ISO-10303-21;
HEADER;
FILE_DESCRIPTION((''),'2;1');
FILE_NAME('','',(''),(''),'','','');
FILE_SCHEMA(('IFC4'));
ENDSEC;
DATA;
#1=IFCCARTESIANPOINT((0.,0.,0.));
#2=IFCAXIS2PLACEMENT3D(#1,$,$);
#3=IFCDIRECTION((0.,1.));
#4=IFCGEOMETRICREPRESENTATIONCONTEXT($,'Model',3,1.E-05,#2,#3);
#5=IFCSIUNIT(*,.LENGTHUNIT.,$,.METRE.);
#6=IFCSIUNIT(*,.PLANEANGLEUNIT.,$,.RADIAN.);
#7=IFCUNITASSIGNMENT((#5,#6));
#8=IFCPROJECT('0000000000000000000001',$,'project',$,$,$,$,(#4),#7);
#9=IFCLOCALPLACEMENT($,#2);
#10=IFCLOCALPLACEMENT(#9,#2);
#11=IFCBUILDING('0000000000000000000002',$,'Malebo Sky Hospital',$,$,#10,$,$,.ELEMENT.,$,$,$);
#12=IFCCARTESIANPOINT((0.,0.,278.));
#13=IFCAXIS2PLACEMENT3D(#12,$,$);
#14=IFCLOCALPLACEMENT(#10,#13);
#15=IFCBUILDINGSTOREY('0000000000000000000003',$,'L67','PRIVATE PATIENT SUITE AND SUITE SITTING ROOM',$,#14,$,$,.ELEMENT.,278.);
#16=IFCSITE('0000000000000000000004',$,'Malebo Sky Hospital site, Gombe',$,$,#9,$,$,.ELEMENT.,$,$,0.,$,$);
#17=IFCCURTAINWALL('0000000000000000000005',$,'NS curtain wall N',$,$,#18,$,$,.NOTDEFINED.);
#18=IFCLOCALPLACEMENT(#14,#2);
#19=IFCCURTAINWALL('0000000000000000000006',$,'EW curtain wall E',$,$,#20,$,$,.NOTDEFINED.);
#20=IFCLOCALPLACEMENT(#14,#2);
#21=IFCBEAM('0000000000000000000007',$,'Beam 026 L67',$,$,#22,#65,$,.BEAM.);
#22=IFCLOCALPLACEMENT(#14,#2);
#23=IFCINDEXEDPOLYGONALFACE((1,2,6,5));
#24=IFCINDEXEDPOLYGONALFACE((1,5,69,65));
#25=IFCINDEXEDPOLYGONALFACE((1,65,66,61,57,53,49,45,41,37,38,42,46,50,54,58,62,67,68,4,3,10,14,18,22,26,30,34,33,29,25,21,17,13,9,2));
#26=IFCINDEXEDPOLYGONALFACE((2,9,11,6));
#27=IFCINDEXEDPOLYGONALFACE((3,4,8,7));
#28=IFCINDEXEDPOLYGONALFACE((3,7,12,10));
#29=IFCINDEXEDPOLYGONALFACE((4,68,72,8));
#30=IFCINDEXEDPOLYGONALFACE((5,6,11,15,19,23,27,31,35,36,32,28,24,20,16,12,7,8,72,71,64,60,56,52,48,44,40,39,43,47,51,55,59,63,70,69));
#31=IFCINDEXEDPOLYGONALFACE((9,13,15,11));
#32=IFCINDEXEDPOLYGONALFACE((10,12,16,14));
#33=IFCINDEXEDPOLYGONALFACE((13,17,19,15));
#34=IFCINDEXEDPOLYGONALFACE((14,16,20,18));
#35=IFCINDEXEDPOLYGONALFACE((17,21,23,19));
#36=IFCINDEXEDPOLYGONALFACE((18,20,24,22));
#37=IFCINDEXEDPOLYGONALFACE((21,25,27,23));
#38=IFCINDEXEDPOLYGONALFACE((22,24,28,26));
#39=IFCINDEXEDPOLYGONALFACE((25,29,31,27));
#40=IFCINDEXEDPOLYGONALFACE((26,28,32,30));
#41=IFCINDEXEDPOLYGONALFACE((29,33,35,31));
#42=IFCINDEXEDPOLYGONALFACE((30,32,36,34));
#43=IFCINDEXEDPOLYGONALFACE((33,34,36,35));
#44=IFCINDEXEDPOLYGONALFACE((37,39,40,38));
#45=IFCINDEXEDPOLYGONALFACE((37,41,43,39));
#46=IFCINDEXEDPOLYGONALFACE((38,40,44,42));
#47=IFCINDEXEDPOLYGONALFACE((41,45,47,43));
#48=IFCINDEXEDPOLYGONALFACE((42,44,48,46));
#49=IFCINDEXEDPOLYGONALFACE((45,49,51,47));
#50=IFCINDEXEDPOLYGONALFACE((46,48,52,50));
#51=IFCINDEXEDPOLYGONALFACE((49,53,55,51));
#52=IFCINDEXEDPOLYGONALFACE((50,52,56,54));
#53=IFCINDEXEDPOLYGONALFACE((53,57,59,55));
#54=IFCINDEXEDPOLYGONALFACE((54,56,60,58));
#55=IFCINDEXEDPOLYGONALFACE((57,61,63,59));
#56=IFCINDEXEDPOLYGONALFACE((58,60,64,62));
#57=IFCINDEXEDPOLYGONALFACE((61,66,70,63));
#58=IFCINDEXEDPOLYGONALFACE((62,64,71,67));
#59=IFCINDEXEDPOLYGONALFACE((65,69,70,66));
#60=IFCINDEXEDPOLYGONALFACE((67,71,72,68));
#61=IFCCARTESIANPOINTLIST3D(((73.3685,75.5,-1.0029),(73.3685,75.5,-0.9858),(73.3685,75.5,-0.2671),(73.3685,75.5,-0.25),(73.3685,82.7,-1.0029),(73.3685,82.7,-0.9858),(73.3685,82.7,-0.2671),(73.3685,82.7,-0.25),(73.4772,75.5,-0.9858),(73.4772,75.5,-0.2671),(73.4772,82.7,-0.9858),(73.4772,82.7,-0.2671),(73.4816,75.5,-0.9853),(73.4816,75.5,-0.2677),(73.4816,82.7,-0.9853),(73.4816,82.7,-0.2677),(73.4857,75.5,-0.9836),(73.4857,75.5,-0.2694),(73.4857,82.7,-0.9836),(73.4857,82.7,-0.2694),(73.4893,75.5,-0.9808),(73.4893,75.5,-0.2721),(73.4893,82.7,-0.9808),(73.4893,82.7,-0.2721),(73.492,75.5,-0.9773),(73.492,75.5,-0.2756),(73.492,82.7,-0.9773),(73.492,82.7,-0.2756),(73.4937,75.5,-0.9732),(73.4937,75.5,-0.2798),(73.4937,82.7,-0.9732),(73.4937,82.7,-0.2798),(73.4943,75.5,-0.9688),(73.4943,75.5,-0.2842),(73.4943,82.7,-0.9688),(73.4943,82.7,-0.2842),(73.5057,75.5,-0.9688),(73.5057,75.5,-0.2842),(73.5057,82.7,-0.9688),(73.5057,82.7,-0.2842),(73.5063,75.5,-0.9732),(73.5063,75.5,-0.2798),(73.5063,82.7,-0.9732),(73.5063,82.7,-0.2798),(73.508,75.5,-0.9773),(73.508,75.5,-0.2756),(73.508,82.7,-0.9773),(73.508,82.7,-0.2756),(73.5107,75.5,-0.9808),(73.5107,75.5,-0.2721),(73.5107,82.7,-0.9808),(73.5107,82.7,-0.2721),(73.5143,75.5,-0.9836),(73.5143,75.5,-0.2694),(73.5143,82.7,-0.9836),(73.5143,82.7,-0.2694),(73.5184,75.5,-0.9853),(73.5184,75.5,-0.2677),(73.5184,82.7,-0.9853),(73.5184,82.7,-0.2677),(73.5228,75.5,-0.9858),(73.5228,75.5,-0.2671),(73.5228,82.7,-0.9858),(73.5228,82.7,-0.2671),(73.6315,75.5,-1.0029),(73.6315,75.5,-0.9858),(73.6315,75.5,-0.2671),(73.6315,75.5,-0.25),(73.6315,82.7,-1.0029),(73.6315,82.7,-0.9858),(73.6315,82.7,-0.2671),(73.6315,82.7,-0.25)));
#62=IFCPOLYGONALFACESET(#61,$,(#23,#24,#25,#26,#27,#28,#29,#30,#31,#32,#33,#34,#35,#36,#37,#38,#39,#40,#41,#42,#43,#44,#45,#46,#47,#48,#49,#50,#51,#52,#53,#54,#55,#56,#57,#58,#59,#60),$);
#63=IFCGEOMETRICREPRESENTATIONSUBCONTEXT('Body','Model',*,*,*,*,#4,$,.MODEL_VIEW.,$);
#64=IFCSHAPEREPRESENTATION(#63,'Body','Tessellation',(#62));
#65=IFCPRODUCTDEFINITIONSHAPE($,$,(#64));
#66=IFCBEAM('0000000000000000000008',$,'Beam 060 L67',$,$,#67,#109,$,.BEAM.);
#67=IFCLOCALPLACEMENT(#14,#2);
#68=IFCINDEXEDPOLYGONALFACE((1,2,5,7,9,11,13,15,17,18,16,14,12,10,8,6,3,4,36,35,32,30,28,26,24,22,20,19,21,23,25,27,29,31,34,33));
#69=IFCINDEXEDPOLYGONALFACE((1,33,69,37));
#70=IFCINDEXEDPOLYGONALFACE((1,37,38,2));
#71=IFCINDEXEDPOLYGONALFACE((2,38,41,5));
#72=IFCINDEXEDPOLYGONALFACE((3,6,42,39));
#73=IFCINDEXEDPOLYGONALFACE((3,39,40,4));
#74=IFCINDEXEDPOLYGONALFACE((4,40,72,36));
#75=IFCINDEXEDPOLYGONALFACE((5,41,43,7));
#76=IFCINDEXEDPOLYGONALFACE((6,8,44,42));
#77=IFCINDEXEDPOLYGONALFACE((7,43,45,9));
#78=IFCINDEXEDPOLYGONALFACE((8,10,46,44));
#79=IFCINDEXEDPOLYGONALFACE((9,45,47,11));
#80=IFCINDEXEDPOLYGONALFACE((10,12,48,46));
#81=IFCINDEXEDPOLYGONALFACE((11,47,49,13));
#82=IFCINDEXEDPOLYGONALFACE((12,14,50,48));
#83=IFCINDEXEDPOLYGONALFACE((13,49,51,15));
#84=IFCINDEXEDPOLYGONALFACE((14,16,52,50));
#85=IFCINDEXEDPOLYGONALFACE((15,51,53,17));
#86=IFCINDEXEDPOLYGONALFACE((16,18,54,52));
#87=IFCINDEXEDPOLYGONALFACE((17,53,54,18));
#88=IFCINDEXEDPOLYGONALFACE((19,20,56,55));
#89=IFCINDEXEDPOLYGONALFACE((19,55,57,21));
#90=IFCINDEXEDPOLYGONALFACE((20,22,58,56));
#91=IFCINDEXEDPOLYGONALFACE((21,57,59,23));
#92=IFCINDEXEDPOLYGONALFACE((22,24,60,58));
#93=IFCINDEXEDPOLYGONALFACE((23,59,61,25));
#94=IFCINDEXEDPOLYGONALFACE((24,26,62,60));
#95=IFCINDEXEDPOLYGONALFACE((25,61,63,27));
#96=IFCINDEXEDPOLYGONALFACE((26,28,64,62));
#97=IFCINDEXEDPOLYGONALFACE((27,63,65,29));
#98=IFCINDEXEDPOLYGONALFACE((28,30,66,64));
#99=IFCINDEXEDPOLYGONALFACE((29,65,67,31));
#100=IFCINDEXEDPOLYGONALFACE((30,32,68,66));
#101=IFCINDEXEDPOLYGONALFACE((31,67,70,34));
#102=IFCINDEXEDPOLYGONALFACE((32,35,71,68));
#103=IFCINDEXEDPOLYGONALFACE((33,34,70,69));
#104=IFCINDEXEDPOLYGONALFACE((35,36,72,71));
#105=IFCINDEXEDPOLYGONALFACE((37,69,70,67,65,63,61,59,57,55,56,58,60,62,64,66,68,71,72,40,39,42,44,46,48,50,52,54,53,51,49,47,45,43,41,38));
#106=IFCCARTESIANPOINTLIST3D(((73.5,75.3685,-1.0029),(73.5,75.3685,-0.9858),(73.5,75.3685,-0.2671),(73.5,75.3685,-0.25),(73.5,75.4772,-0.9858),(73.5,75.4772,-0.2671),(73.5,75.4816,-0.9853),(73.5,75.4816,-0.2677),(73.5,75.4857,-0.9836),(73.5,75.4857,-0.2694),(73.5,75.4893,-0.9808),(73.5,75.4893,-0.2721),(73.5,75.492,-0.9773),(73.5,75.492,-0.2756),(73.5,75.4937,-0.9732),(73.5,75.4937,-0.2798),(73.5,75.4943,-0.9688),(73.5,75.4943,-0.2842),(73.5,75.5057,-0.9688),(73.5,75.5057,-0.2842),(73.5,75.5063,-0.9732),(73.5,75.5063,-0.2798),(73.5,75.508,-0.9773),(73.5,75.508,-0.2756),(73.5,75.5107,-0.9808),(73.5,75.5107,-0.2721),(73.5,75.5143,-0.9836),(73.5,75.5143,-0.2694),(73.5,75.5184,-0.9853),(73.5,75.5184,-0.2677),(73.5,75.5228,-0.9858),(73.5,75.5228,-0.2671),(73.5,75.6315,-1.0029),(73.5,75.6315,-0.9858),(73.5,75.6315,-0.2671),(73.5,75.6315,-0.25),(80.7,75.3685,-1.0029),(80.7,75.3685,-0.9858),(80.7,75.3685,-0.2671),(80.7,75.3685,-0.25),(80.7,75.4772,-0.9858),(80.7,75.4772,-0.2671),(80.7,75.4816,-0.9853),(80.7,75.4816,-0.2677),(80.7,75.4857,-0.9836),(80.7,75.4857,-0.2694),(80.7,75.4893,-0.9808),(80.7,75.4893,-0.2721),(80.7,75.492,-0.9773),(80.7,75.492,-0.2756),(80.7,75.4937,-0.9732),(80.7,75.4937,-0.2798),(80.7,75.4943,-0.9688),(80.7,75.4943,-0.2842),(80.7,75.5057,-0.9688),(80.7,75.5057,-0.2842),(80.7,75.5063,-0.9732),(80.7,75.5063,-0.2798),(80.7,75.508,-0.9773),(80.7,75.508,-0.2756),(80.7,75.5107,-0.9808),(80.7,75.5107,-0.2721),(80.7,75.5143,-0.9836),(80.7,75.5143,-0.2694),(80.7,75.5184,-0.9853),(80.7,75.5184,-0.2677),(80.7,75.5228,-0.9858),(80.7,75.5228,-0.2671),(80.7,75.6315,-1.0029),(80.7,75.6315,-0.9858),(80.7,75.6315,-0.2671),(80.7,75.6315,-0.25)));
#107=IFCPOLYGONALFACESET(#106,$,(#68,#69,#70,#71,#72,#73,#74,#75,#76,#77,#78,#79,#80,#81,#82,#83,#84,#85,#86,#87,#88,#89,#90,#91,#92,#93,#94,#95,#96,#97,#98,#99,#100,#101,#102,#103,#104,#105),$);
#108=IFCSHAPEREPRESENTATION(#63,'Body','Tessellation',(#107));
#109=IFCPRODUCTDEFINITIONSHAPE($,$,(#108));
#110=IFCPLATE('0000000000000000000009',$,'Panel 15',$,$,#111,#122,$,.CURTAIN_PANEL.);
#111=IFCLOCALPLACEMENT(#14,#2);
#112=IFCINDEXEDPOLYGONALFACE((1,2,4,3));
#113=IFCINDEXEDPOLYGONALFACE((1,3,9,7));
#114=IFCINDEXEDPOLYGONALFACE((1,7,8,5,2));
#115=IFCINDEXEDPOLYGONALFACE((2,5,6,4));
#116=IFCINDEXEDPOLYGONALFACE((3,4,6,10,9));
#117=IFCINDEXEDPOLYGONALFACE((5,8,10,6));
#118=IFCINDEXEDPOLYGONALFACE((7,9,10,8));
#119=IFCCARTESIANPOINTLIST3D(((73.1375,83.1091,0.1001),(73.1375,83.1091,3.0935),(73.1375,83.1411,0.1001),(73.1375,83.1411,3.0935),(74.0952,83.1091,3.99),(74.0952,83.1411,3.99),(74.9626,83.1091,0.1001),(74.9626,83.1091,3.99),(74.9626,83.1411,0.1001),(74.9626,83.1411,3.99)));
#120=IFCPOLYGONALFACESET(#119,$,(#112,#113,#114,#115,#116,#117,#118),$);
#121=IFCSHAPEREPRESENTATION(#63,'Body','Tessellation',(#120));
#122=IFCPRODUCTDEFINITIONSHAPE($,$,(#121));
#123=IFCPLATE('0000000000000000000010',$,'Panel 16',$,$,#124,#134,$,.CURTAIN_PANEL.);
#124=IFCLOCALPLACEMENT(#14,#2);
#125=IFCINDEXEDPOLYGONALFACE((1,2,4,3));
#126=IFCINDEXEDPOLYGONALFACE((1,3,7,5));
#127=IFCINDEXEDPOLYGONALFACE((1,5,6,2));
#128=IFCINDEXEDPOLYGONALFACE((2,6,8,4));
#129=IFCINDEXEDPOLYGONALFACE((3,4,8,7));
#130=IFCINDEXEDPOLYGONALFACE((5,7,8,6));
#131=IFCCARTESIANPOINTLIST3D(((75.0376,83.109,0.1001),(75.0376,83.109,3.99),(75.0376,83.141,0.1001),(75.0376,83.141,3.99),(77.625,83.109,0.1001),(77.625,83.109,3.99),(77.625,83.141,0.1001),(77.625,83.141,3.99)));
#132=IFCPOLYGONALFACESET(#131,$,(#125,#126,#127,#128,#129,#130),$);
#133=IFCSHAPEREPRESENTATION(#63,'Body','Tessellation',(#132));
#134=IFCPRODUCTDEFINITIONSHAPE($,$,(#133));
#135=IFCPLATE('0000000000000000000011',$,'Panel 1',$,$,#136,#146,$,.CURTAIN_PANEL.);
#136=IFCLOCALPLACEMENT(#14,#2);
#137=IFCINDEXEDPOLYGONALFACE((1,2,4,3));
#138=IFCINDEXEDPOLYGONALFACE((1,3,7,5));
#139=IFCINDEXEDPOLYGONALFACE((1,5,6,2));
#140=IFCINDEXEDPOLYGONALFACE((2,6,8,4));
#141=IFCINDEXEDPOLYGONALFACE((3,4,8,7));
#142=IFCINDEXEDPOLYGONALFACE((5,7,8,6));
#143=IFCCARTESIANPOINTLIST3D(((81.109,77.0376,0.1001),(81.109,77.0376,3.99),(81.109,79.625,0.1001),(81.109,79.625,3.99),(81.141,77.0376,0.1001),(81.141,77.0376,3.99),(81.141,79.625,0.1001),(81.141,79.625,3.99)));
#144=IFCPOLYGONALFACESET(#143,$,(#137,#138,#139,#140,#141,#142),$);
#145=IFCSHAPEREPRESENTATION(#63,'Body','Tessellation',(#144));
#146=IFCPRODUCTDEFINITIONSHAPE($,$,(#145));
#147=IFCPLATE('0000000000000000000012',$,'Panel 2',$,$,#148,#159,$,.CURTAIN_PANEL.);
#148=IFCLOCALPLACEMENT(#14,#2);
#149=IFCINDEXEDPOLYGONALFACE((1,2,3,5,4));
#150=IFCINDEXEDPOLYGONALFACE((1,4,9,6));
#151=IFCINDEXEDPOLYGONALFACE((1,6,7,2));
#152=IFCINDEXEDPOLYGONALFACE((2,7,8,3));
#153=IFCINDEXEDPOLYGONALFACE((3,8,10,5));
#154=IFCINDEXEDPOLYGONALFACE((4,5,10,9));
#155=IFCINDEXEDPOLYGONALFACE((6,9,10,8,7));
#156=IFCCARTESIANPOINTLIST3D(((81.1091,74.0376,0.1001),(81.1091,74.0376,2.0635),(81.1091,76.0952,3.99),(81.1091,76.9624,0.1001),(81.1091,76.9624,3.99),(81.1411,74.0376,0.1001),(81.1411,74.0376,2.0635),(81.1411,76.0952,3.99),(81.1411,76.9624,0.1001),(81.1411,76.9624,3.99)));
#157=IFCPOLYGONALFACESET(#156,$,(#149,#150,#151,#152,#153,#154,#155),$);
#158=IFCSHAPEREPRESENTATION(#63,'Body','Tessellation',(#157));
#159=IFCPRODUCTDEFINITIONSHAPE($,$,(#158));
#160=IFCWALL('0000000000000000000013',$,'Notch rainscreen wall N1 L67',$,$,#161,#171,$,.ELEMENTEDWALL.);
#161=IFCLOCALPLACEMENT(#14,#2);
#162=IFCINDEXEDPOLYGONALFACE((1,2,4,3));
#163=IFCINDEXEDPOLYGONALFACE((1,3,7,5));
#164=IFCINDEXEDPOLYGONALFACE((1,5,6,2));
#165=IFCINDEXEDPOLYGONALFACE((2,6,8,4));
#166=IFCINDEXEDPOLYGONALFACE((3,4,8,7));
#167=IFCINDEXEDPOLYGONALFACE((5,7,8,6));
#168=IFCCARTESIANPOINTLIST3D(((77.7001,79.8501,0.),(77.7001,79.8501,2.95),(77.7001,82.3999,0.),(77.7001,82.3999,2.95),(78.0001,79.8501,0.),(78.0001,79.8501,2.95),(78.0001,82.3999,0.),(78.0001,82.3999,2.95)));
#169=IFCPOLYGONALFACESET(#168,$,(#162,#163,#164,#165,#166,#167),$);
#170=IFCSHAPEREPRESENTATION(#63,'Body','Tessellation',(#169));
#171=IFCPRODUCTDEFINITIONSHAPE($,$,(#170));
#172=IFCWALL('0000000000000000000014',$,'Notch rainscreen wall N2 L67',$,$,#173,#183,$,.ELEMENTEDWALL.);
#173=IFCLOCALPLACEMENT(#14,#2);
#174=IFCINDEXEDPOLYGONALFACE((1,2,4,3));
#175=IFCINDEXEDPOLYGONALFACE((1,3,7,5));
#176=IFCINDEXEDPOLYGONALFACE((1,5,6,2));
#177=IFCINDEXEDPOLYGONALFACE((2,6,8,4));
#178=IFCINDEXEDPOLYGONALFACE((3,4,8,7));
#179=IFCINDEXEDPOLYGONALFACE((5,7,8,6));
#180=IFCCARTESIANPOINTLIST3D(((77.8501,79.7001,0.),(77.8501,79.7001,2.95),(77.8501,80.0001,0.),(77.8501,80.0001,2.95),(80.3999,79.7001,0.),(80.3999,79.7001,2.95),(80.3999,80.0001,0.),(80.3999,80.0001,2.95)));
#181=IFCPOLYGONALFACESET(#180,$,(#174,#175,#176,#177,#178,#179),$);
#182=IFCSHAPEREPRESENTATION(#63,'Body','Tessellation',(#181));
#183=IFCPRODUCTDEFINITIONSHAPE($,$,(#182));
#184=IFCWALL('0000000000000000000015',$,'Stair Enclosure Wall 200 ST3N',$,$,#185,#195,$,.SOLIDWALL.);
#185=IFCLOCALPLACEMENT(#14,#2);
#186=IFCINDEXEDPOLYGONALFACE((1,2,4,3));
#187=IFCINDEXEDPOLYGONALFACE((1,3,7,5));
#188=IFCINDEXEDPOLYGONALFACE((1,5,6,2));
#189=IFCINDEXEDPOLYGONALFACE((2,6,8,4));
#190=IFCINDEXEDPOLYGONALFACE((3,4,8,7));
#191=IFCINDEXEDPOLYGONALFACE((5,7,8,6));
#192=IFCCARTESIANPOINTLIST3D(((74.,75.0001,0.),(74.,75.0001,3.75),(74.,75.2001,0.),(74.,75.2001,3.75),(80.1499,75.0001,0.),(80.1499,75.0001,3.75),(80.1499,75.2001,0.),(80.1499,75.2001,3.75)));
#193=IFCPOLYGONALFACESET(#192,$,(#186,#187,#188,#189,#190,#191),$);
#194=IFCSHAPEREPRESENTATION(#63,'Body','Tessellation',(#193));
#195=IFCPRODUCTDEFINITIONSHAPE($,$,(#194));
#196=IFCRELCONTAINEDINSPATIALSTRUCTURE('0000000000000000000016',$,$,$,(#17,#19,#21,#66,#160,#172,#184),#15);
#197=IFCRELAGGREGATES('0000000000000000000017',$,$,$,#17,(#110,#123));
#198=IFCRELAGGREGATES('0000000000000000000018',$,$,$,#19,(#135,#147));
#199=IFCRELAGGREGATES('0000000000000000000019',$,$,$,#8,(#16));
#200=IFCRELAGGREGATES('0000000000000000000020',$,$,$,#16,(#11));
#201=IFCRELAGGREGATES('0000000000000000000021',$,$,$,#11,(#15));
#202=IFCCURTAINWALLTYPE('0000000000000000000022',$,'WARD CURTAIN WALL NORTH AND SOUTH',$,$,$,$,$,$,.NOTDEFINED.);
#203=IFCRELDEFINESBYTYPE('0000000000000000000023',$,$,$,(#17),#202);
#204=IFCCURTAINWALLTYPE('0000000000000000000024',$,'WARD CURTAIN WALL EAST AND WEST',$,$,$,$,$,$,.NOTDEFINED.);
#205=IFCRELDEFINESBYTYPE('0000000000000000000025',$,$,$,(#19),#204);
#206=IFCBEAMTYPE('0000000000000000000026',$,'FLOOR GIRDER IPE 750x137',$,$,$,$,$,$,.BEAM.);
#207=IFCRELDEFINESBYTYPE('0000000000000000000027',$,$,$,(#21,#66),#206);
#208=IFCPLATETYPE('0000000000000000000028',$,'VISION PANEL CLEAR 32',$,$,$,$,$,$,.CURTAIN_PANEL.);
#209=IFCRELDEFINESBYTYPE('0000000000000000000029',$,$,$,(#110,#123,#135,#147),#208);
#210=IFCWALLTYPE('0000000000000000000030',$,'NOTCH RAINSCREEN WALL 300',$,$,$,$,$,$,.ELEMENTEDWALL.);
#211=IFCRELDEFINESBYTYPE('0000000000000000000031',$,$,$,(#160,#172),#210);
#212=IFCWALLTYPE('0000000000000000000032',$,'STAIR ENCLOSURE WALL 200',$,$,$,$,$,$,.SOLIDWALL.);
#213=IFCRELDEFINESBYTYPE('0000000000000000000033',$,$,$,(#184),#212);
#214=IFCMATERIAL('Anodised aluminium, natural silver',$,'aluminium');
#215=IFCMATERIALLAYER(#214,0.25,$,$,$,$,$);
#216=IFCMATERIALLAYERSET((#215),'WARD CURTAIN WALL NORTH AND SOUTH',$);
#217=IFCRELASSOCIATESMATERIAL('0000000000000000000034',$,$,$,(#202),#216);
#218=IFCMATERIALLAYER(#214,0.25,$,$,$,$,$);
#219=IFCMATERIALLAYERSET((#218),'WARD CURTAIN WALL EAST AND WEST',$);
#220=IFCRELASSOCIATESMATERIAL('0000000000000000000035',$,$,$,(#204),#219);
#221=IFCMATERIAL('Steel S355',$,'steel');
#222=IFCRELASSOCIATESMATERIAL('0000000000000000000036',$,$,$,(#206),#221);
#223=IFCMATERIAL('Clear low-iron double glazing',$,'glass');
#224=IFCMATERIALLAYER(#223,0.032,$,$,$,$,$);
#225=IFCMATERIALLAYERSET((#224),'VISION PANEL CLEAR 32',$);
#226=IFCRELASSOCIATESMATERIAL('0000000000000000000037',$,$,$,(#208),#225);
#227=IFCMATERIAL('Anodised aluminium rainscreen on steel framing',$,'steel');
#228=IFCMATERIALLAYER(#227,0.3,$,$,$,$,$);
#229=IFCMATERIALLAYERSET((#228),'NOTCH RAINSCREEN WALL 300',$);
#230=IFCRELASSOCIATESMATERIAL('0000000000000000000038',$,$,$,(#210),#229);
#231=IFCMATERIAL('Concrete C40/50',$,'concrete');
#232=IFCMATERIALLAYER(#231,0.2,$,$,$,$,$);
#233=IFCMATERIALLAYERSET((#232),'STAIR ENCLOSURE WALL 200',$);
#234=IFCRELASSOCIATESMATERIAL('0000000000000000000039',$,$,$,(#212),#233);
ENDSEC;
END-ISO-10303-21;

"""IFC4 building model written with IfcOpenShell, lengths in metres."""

from ifc_helpers import new_model, si_unit, direction, frame, frame_2d, origin, origin_2d, place, context, subcontext, project, spatial, polyline, rectangle, i_section, outline, extrude, material, layer, layer_set, material_profile, profile_set, type_object, element, aggregate, save


model = new_model("IFC4")

# Units and contexts
model_context = context("Model", 3, precision=1e-05, world=origin(), true_north=direction((0.0, 1.0)))
body_context = subcontext(model_context, "Body", "Model", "MODEL_VIEW")
ifc_project = project(units=[si_unit("LENGTHUNIT", "METRE"), si_unit("PLANEANGLEUNIT", "RADIAN")], contexts=[model_context])

# Site, building, storey
site_placement = place(None, origin())
site = spatial("IfcSite", under=ifc_project, at=site_placement, Name="Malebo Sky Hospital site, Gombe", CompositionType="ELEMENT", RefElevation=0.0)
building_placement = place(site_placement, origin())
building = spatial("IfcBuilding", under=site, at=building_placement, Name="Malebo Sky Hospital", CompositionType="ELEMENT")
storey_placement = place(building_placement, frame((0.0, 0.0, 278.0)))
storey = spatial("IfcBuildingStorey", under=building, at=storey_placement, Name="L67", Description="PRIVATE PATIENT SUITE AND SUITE SITTING ROOM", CompositionType="ELEMENT", Elevation=278.0)

# Curtain walls
ifc_material_1 = material(Name="Anodised aluminium, natural silver", Category="aluminium")
ifc_layer_1 = layer(ifc_material_1, 0.25)
ifc_layer_set_1 = layer_set([ifc_layer_1], Name="WARD CURTAIN WALL NORTH AND SOUTH")
curtain_wall_type_1 = type_object("IfcCurtainWallType", Name="WARD CURTAIN WALL NORTH AND SOUTH", PredefinedType="NOTDEFINED", material=ifc_layer_set_1)
curtain_wall_1_placement = place(storey_placement, origin())
curtain_wall_1 = element("IfcCurtainWall", 1, at=curtain_wall_1_placement, inside=storey, type_object=curtain_wall_type_1, Name="NS curtain wall N", PredefinedType="NOTDEFINED")
ifc_layer_2 = layer(ifc_material_1, 0.25)
ifc_layer_set_2 = layer_set([ifc_layer_2], Name="WARD CURTAIN WALL EAST AND WEST")
curtain_wall_type_2 = type_object("IfcCurtainWallType", Name="WARD CURTAIN WALL EAST AND WEST", PredefinedType="NOTDEFINED", material=ifc_layer_set_2)
curtain_wall_2_placement = place(storey_placement, origin())
curtain_wall_2 = element("IfcCurtainWall", 2, at=curtain_wall_2_placement, inside=storey, type_object=curtain_wall_type_2, Name="EW curtain wall E", PredefinedType="NOTDEFINED")

# Beams
ifc_material_2 = material(Name="Steel S355", Category="steel")
ifc_material_profile_1 = material_profile(ifc_material_2, i_section(OverallWidth=0.2629, OverallDepth=0.7529, WebThickness=0.0115, FlangeThickness=0.0171, FilletRadius=0.0171, at=origin_2d()), Name="IPE 750x137")
ifc_profile_set_1 = profile_set([ifc_material_profile_1], Name="Steel S355")
beam_type_1 = type_object("IfcBeamType", Name="FLOOR GIRDER IPE 750x137", PredefinedType="BEAM", material=ifc_profile_set_1)
for number, where, z_axis, x_axis, name in (
    (3, (73.5, 75.5, -0.6265), (0.0, 1.0, 0.0), (-1.0, 0.0, 0.0), "Beam 026 L67"),
    (4, (73.5, 75.5, -0.6265), (1.0, 0.0, 0.0), (0.0, 1.0, 0.0), "Beam 060 L67"),
):
    element("IfcBeam", number, at=place(storey_placement, frame(where, z_axis=z_axis, x_axis=x_axis)), inside=storey, type_object=beam_type_1, Name=name, PredefinedType="BEAM", context=body_context, shape_type="SweptSolid", body=[
        extrude(i_section(OverallWidth=0.2629, OverallDepth=0.7529, WebThickness=0.0115, FlangeThickness=0.0171, FilletRadius=0.0171, at=origin_2d()), origin(), (0.0, 0.0, 1.0), 7.2),
    ])

# Plates
ifc_material_3 = material(Name="Clear low-iron double glazing", Category="glass")
ifc_layer_3 = layer(ifc_material_3, 0.032)
ifc_layer_set_3 = layer_set([ifc_layer_3], Name="VISION PANEL CLEAR 32")
plate_type = type_object("IfcPlateType", Name="VISION PANEL CLEAR 32", PredefinedType="CURTAIN_PANEL", material=ifc_layer_set_3)
plate_1_placement = place(storey_placement, frame((74.05, 83.125, 0.1001), z_axis=(0.0, 0.0, 1.0), x_axis=(1.0, 0.0, 0.0)))
plate_1 = element("IfcPlate", 5, at=plate_1_placement, type_object=plate_type, Name="Panel 15", PredefinedType="CURTAIN_PANEL", context=body_context, shape_type="SweptSolid", body=[
    extrude(outline(polyline([(-0.9126, 0.0), (0.9126, 0.0), (0.9126, 3.8899), (0.0452, 3.8899), (-0.9126, 2.9934), (-0.9126, 0.0)])), frame((0.0, 0.0161, 0.0), z_axis=(0.0, -1.0, 0.0), x_axis=(1.0, 0.0, 0.0)), (0.0, 0.0, 1.0), 0.032),
])
plate_2_placement = place(storey_placement, frame((76.3313, 83.125, 0.1001), z_axis=(0.0, 0.0, 1.0), x_axis=(1.0, 0.0, 0.0)))
plate_2 = element("IfcPlate", 6, at=plate_2_placement, type_object=plate_type, Name="Panel 16", PredefinedType="CURTAIN_PANEL", context=body_context, shape_type="SweptSolid", body=[
    extrude(rectangle(XDim=2.5874, YDim=0.032, at=origin_2d()), origin(), (0.0, 0.0, 1.0), 3.8899),
])
aggregate(curtain_wall_1, [plate_1, plate_2])
plate_3_placement = place(storey_placement, frame((81.125, 78.3313, 0.1001), z_axis=(0.0, 0.0, 1.0), x_axis=(0.0, -1.0, 0.0)))
plate_3 = element("IfcPlate", 7, at=plate_3_placement, type_object=plate_type, Name="Panel 1", PredefinedType="CURTAIN_PANEL", context=body_context, shape_type="SweptSolid", body=[
    extrude(rectangle(XDim=2.5874, YDim=0.032, at=origin_2d()), origin(), (0.0, 0.0, 1.0), 3.8899),
])
plate_4_placement = place(storey_placement, frame((81.125, 75.5, 0.1001), z_axis=(0.0, 0.0, 1.0), x_axis=(0.0, -1.0, 0.0)))
plate_4 = element("IfcPlate", 8, at=plate_4_placement, type_object=plate_type, Name="Panel 2", PredefinedType="CURTAIN_PANEL", context=body_context, shape_type="SweptSolid", body=[
    extrude(outline(polyline([(-1.4624, 0.0), (1.4624, 0.0), (1.4624, 1.9634), (-0.5952, 3.8899), (-1.4624, 3.8899), (-1.4624, 0.0)])), frame((0.0, 0.0161, 0.0), z_axis=(0.0, -1.0, 0.0), x_axis=(1.0, 0.0, 0.0)), (0.0, 0.0, 1.0), 0.032),
])
aggregate(curtain_wall_2, [plate_3, plate_4])

# Walls
ifc_material_4 = material(Name="Anodised aluminium rainscreen on steel framing", Category="steel")
ifc_layer_4 = layer(ifc_material_4, 0.3)
ifc_layer_set_4 = layer_set([ifc_layer_4], Name="NOTCH RAINSCREEN WALL 300")
wall_type_1 = type_object("IfcWallType", Name="NOTCH RAINSCREEN WALL 300", PredefinedType="ELEMENTEDWALL", material=ifc_layer_set_4)
for number, where, z_axis, x_axis, name in (
    (9, (77.8501, 82.3999, 0.0), (0.0, 0.0, 1.0), (0.0, -1.0, 0.0), "Notch rainscreen wall N1 L67"),
    (10, (77.8501, 79.8501, 0.0), (0.0, 0.0, 1.0), (1.0, 0.0, 0.0), "Notch rainscreen wall N2 L67"),
):
    element("IfcWall", number, at=place(storey_placement, frame(where, z_axis=z_axis, x_axis=x_axis)), inside=storey, type_object=wall_type_1, Name=name, PredefinedType="ELEMENTEDWALL", context=body_context, shape_type="SweptSolid", body=[
        extrude(rectangle(XDim=2.5498, YDim=0.3, at=frame_2d((1.2749, 0.0))), origin(), (0.0, 0.0, 1.0), 2.95),
    ])
ifc_material_5 = material(Name="Concrete C40/50", Category="concrete")
ifc_layer_5 = layer(ifc_material_5, 0.2)
ifc_layer_set_5 = layer_set([ifc_layer_5], Name="STAIR ENCLOSURE WALL 200")
wall_type_2 = type_object("IfcWallType", Name="STAIR ENCLOSURE WALL 200", PredefinedType="SOLIDWALL", material=ifc_layer_set_5)
wall_placement = place(storey_placement, frame((74.0, 75.1001, 0.0), z_axis=(0.0, 0.0, 1.0), x_axis=(1.0, 0.0, 0.0)))
element("IfcWall", 11, at=wall_placement, inside=storey, type_object=wall_type_2, Name="Stair Enclosure Wall 200 ST3N", PredefinedType="SOLIDWALL", context=body_context, shape_type="SweptSolid", body=[
    extrude(rectangle(XDim=6.1499, YDim=0.2, at=frame_2d((3.075, 0.0))), origin(), (0.0, 0.0, 1.0), 3.75),
])

save(model, "model.ifc")
